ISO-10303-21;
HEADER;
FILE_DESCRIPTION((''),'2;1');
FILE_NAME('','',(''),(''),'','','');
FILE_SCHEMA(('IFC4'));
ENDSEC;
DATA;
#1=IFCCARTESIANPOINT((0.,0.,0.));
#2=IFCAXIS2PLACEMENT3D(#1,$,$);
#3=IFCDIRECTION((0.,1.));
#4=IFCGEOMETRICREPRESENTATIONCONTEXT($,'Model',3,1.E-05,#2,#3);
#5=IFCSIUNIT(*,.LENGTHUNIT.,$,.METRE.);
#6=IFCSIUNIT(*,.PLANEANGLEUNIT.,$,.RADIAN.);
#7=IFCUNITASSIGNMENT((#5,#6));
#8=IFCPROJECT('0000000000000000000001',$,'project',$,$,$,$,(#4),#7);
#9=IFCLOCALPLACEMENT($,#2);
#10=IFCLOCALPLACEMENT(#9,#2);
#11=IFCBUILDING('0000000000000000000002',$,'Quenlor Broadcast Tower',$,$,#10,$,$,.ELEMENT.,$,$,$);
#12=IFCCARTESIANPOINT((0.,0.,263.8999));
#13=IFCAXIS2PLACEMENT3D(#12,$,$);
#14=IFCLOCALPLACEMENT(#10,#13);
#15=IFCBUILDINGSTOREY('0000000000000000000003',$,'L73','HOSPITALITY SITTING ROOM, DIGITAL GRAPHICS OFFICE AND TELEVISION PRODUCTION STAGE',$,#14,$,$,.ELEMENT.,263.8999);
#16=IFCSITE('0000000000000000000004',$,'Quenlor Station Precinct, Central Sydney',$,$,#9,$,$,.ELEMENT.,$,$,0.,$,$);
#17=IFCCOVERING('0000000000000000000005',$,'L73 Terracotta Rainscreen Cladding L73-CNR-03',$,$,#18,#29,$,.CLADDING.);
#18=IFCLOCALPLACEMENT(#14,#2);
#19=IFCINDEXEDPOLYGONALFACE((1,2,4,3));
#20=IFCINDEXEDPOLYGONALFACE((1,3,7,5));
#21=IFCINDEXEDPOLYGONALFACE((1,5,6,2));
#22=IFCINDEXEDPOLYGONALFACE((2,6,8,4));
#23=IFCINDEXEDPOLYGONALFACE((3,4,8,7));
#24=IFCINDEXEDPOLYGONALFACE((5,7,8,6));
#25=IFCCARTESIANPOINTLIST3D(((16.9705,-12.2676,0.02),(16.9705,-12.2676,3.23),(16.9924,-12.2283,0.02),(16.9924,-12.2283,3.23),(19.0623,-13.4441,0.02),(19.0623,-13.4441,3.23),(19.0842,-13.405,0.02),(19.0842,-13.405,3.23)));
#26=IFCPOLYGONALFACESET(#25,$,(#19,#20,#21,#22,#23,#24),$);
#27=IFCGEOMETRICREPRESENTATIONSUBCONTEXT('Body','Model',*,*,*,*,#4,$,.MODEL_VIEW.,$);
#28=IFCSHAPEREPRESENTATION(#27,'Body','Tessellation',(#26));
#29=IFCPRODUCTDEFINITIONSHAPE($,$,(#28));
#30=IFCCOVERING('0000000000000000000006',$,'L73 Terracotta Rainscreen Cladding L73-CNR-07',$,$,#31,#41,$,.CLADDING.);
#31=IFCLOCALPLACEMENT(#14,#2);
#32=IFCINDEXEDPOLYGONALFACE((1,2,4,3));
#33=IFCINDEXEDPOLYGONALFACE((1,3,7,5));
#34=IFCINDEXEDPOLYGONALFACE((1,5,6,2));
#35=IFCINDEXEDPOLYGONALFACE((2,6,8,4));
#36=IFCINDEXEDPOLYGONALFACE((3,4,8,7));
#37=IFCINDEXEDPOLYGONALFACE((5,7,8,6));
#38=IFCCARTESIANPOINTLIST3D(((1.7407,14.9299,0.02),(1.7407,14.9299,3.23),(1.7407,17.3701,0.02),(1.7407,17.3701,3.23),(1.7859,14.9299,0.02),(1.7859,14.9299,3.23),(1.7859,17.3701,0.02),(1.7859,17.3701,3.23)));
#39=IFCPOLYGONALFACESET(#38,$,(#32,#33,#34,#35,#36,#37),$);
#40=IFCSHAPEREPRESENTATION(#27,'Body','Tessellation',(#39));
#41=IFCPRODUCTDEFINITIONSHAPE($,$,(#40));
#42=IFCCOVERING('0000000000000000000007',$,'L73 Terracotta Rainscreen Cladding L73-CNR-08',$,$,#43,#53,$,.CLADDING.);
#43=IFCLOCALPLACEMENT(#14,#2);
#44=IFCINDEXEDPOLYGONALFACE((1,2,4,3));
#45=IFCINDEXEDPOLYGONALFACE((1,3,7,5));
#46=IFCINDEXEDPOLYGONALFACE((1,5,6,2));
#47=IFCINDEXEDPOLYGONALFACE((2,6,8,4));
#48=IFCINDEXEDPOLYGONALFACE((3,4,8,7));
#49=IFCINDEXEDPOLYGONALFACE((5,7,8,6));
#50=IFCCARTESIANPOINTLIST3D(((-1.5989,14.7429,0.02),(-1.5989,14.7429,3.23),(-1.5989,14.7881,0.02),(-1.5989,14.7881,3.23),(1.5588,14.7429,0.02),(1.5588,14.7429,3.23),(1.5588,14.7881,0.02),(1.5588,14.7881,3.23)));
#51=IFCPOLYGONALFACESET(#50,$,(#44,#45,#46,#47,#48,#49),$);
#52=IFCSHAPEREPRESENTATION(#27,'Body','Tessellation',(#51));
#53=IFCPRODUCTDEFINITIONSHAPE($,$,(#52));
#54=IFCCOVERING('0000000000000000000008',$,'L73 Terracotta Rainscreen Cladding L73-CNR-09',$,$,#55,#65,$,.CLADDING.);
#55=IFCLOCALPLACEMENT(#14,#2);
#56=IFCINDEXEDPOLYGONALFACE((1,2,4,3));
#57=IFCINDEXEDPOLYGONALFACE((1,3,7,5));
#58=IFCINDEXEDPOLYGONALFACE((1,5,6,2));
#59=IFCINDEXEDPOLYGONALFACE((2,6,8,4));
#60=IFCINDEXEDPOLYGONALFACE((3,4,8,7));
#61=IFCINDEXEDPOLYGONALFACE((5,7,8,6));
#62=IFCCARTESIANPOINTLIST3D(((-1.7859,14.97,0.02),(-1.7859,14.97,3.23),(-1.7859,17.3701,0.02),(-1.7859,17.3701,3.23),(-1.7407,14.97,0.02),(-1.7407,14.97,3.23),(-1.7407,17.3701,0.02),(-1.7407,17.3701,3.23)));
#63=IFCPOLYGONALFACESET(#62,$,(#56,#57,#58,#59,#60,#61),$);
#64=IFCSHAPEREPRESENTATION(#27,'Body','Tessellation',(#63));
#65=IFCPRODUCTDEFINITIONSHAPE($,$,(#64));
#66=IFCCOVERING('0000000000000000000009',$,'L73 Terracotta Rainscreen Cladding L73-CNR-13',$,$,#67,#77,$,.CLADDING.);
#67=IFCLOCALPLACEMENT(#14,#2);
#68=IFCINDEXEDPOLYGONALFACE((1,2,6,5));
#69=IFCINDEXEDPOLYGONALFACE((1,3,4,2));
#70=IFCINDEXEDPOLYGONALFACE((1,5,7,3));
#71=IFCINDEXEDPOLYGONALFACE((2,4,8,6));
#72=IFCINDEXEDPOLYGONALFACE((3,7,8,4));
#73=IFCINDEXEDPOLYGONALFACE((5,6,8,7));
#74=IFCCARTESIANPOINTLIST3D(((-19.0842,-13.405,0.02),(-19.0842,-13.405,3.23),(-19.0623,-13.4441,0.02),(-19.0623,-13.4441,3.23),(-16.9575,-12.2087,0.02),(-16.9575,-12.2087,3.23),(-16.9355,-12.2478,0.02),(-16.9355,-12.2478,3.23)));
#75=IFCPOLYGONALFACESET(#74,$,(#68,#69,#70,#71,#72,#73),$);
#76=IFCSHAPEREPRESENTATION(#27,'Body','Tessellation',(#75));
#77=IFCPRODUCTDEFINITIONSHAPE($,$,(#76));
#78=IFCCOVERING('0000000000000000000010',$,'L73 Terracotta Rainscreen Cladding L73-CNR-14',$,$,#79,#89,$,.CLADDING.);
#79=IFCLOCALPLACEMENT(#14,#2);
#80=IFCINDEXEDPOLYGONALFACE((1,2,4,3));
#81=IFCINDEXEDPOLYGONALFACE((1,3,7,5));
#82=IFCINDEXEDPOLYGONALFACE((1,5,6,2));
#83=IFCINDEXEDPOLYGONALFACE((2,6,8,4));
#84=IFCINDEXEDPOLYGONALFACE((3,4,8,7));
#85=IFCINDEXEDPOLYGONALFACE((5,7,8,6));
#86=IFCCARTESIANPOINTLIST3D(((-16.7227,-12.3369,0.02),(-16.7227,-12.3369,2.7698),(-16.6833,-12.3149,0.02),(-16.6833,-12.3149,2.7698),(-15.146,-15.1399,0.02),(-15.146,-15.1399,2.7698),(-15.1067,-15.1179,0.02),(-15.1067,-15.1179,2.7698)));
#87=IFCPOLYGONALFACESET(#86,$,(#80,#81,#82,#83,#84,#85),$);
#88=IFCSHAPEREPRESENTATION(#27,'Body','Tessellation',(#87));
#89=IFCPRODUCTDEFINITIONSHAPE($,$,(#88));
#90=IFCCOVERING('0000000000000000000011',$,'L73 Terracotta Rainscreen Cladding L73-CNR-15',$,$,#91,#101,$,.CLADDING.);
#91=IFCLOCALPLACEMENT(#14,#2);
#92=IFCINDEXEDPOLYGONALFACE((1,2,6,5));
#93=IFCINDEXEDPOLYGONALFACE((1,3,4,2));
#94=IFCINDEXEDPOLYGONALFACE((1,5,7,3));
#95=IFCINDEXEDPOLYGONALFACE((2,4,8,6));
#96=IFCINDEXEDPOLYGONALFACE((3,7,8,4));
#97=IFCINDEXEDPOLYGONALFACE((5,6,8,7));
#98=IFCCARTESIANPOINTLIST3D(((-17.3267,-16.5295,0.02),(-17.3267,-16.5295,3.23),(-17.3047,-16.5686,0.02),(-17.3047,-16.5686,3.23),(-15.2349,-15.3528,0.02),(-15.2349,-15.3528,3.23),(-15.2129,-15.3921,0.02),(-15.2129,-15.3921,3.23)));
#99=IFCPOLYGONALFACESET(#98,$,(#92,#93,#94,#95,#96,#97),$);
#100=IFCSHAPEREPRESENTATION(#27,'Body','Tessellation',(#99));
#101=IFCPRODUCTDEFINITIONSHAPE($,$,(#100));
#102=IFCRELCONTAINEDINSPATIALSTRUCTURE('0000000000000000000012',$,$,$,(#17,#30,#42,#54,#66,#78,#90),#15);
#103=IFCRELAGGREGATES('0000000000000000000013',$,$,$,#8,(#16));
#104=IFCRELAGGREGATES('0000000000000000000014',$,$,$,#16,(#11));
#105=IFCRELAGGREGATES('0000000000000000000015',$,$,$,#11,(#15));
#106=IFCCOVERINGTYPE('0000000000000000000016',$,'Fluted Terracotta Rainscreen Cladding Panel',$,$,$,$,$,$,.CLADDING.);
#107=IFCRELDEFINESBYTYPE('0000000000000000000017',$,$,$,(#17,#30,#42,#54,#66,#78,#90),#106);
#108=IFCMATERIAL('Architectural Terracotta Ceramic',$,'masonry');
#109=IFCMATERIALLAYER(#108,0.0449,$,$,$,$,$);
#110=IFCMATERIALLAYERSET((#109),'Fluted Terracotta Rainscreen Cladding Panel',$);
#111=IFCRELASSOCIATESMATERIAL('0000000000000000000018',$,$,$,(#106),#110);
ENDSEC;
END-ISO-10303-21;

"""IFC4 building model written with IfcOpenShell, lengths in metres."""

from ifc_helpers import new_model, si_unit, direction, frame, origin, place, context, subcontext, project, spatial, polyline, outline, extrude, material, layer, layer_set, type_object, element, save


model = new_model("IFC4")

# Units and contexts
model_context = context("Model", 3, precision=1e-05, world=origin(), true_north=direction((0.0, 1.0)))
body_context = subcontext(model_context, "Body", "Model", "MODEL_VIEW")
ifc_project = project(units=[si_unit("LENGTHUNIT", "METRE"), si_unit("PLANEANGLEUNIT", "RADIAN")], contexts=[model_context])

# Site, building, storey
site_placement = place(None, origin())
site = spatial("IfcSite", under=ifc_project, at=site_placement, Name="Quenlor Station Precinct, Central Sydney", CompositionType="ELEMENT", RefElevation=0.0)
building_placement = place(site_placement, origin())
building = spatial("IfcBuilding", under=site, at=building_placement, Name="Quenlor Broadcast Tower", CompositionType="ELEMENT")
storey_placement = place(building_placement, frame((0.0, 0.0, 263.8999)))
storey = spatial("IfcBuildingStorey", under=building, at=storey_placement, Name="L73", Description="HOSPITALITY SITTING ROOM, DIGITAL GRAPHICS OFFICE AND TELEVISION PRODUCTION STAGE", CompositionType="ELEMENT", Elevation=263.8999)

# Coverings
ifc_material_1 = material(Name="Architectural Terracotta Ceramic", Category="masonry")
ifc_layer_1 = layer(ifc_material_1, 0.0449)
ifc_layer_set_1 = layer_set([ifc_layer_1], Name="Fluted Terracotta Rainscreen Cladding Panel")
covering_type_1 = type_object("IfcCoveringType", Name="Fluted Terracotta Rainscreen Cladding Panel", PredefinedType="CLADDING", material=ifc_layer_set_1)
covering_1_placement = place(storey_placement, frame((0.0, 0.0, 0.02)))
element("IfcCovering", 1, at=covering_1_placement, inside=storey, type_object=covering_type_1, Name="L73 Terracotta Rainscreen Cladding L73-CNR-03", PredefinedType="CLADDING", context=body_context, shape_type="SweptSolid", body=[
    extrude(outline(polyline([(16.9705, -12.2676), (19.0623, -13.4441), (19.0842, -13.405), (16.9924, -12.2283), (16.9705, -12.2676)])), origin(), (0.0, 0.0, 1.0), 3.21),
])
covering_2_placement = place(storey_placement, frame((0.0, 0.0, 0.02)))
element("IfcCovering", 2, at=covering_2_placement, inside=storey, type_object=covering_type_1, Name="L73 Terracotta Rainscreen Cladding L73-CNR-07", PredefinedType="CLADDING", context=body_context, shape_type="SweptSolid", body=[
    extrude(outline(polyline([(1.7407, 17.3701), (1.7407, 14.9299), (1.7859, 14.9299), (1.7859, 17.3701), (1.7407, 17.3701)])), origin(), (0.0, 0.0, 1.0), 3.21),
])
covering_3_placement = place(storey_placement, frame((0.0, 0.0, 0.02)))
element("IfcCovering", 3, at=covering_3_placement, inside=storey, type_object=covering_type_1, Name="L73 Terracotta Rainscreen Cladding L73-CNR-08", PredefinedType="CLADDING", context=body_context, shape_type="SweptSolid", body=[
    extrude(outline(polyline([(1.5588, 14.7881), (-1.5989, 14.7881), (-1.5989, 14.7429), (1.5588, 14.7429), (1.5588, 14.7881)])), origin(), (0.0, 0.0, 1.0), 3.21),
])
covering_4_placement = place(storey_placement, frame((0.0, 0.0, 0.02)))
element("IfcCovering", 4, at=covering_4_placement, inside=storey, type_object=covering_type_1, Name="L73 Terracotta Rainscreen Cladding L73-CNR-09", PredefinedType="CLADDING", context=body_context, shape_type="SweptSolid", body=[
    extrude(outline(polyline([(-1.7407, 14.97), (-1.7407, 17.3701), (-1.7859, 17.3701), (-1.7859, 14.97), (-1.7407, 14.97)])), origin(), (0.0, 0.0, 1.0), 3.21),
])
covering_5_placement = place(storey_placement, frame((0.0, 0.0, 0.02)))
element("IfcCovering", 5, at=covering_5_placement, inside=storey, type_object=covering_type_1, Name="L73 Terracotta Rainscreen Cladding L73-CNR-13", PredefinedType="CLADDING", context=body_context, shape_type="SweptSolid", body=[
    extrude(outline(polyline([(-19.0623, -13.4441), (-16.9355, -12.2478), (-16.9575, -12.2087), (-19.0842, -13.405), (-19.0623, -13.4441)])), origin(), (0.0, 0.0, 1.0), 3.21),
])
covering_6_placement = place(storey_placement, frame((0.0, 0.0, 0.02)))
element("IfcCovering", 6, at=covering_6_placement, inside=storey, type_object=covering_type_1, Name="L73 Terracotta Rainscreen Cladding L73-CNR-14", PredefinedType="CLADDING", context=body_context, shape_type="SweptSolid", body=[
    extrude(outline(polyline([(-16.7227, -12.3369), (-15.146, -15.1399), (-15.1067, -15.1179), (-16.6833, -12.3149), (-16.7227, -12.3369)])), origin(), (0.0, 0.0, 1.0), 2.7498),
])
covering_7_placement = place(storey_placement, frame((0.0, 0.0, 0.02)))
element("IfcCovering", 7, at=covering_7_placement, inside=storey, type_object=covering_type_1, Name="L73 Terracotta Rainscreen Cladding L73-CNR-15", PredefinedType="CLADDING", context=body_context, shape_type="SweptSolid", body=[
    extrude(outline(polyline([(-15.2349, -15.3528), (-17.3267, -16.5295), (-17.3047, -16.5686), (-15.2129, -15.3921), (-15.2349, -15.3528)])), origin(), (0.0, 0.0, 1.0), 3.21),
])

save(model, "model.ifc")
